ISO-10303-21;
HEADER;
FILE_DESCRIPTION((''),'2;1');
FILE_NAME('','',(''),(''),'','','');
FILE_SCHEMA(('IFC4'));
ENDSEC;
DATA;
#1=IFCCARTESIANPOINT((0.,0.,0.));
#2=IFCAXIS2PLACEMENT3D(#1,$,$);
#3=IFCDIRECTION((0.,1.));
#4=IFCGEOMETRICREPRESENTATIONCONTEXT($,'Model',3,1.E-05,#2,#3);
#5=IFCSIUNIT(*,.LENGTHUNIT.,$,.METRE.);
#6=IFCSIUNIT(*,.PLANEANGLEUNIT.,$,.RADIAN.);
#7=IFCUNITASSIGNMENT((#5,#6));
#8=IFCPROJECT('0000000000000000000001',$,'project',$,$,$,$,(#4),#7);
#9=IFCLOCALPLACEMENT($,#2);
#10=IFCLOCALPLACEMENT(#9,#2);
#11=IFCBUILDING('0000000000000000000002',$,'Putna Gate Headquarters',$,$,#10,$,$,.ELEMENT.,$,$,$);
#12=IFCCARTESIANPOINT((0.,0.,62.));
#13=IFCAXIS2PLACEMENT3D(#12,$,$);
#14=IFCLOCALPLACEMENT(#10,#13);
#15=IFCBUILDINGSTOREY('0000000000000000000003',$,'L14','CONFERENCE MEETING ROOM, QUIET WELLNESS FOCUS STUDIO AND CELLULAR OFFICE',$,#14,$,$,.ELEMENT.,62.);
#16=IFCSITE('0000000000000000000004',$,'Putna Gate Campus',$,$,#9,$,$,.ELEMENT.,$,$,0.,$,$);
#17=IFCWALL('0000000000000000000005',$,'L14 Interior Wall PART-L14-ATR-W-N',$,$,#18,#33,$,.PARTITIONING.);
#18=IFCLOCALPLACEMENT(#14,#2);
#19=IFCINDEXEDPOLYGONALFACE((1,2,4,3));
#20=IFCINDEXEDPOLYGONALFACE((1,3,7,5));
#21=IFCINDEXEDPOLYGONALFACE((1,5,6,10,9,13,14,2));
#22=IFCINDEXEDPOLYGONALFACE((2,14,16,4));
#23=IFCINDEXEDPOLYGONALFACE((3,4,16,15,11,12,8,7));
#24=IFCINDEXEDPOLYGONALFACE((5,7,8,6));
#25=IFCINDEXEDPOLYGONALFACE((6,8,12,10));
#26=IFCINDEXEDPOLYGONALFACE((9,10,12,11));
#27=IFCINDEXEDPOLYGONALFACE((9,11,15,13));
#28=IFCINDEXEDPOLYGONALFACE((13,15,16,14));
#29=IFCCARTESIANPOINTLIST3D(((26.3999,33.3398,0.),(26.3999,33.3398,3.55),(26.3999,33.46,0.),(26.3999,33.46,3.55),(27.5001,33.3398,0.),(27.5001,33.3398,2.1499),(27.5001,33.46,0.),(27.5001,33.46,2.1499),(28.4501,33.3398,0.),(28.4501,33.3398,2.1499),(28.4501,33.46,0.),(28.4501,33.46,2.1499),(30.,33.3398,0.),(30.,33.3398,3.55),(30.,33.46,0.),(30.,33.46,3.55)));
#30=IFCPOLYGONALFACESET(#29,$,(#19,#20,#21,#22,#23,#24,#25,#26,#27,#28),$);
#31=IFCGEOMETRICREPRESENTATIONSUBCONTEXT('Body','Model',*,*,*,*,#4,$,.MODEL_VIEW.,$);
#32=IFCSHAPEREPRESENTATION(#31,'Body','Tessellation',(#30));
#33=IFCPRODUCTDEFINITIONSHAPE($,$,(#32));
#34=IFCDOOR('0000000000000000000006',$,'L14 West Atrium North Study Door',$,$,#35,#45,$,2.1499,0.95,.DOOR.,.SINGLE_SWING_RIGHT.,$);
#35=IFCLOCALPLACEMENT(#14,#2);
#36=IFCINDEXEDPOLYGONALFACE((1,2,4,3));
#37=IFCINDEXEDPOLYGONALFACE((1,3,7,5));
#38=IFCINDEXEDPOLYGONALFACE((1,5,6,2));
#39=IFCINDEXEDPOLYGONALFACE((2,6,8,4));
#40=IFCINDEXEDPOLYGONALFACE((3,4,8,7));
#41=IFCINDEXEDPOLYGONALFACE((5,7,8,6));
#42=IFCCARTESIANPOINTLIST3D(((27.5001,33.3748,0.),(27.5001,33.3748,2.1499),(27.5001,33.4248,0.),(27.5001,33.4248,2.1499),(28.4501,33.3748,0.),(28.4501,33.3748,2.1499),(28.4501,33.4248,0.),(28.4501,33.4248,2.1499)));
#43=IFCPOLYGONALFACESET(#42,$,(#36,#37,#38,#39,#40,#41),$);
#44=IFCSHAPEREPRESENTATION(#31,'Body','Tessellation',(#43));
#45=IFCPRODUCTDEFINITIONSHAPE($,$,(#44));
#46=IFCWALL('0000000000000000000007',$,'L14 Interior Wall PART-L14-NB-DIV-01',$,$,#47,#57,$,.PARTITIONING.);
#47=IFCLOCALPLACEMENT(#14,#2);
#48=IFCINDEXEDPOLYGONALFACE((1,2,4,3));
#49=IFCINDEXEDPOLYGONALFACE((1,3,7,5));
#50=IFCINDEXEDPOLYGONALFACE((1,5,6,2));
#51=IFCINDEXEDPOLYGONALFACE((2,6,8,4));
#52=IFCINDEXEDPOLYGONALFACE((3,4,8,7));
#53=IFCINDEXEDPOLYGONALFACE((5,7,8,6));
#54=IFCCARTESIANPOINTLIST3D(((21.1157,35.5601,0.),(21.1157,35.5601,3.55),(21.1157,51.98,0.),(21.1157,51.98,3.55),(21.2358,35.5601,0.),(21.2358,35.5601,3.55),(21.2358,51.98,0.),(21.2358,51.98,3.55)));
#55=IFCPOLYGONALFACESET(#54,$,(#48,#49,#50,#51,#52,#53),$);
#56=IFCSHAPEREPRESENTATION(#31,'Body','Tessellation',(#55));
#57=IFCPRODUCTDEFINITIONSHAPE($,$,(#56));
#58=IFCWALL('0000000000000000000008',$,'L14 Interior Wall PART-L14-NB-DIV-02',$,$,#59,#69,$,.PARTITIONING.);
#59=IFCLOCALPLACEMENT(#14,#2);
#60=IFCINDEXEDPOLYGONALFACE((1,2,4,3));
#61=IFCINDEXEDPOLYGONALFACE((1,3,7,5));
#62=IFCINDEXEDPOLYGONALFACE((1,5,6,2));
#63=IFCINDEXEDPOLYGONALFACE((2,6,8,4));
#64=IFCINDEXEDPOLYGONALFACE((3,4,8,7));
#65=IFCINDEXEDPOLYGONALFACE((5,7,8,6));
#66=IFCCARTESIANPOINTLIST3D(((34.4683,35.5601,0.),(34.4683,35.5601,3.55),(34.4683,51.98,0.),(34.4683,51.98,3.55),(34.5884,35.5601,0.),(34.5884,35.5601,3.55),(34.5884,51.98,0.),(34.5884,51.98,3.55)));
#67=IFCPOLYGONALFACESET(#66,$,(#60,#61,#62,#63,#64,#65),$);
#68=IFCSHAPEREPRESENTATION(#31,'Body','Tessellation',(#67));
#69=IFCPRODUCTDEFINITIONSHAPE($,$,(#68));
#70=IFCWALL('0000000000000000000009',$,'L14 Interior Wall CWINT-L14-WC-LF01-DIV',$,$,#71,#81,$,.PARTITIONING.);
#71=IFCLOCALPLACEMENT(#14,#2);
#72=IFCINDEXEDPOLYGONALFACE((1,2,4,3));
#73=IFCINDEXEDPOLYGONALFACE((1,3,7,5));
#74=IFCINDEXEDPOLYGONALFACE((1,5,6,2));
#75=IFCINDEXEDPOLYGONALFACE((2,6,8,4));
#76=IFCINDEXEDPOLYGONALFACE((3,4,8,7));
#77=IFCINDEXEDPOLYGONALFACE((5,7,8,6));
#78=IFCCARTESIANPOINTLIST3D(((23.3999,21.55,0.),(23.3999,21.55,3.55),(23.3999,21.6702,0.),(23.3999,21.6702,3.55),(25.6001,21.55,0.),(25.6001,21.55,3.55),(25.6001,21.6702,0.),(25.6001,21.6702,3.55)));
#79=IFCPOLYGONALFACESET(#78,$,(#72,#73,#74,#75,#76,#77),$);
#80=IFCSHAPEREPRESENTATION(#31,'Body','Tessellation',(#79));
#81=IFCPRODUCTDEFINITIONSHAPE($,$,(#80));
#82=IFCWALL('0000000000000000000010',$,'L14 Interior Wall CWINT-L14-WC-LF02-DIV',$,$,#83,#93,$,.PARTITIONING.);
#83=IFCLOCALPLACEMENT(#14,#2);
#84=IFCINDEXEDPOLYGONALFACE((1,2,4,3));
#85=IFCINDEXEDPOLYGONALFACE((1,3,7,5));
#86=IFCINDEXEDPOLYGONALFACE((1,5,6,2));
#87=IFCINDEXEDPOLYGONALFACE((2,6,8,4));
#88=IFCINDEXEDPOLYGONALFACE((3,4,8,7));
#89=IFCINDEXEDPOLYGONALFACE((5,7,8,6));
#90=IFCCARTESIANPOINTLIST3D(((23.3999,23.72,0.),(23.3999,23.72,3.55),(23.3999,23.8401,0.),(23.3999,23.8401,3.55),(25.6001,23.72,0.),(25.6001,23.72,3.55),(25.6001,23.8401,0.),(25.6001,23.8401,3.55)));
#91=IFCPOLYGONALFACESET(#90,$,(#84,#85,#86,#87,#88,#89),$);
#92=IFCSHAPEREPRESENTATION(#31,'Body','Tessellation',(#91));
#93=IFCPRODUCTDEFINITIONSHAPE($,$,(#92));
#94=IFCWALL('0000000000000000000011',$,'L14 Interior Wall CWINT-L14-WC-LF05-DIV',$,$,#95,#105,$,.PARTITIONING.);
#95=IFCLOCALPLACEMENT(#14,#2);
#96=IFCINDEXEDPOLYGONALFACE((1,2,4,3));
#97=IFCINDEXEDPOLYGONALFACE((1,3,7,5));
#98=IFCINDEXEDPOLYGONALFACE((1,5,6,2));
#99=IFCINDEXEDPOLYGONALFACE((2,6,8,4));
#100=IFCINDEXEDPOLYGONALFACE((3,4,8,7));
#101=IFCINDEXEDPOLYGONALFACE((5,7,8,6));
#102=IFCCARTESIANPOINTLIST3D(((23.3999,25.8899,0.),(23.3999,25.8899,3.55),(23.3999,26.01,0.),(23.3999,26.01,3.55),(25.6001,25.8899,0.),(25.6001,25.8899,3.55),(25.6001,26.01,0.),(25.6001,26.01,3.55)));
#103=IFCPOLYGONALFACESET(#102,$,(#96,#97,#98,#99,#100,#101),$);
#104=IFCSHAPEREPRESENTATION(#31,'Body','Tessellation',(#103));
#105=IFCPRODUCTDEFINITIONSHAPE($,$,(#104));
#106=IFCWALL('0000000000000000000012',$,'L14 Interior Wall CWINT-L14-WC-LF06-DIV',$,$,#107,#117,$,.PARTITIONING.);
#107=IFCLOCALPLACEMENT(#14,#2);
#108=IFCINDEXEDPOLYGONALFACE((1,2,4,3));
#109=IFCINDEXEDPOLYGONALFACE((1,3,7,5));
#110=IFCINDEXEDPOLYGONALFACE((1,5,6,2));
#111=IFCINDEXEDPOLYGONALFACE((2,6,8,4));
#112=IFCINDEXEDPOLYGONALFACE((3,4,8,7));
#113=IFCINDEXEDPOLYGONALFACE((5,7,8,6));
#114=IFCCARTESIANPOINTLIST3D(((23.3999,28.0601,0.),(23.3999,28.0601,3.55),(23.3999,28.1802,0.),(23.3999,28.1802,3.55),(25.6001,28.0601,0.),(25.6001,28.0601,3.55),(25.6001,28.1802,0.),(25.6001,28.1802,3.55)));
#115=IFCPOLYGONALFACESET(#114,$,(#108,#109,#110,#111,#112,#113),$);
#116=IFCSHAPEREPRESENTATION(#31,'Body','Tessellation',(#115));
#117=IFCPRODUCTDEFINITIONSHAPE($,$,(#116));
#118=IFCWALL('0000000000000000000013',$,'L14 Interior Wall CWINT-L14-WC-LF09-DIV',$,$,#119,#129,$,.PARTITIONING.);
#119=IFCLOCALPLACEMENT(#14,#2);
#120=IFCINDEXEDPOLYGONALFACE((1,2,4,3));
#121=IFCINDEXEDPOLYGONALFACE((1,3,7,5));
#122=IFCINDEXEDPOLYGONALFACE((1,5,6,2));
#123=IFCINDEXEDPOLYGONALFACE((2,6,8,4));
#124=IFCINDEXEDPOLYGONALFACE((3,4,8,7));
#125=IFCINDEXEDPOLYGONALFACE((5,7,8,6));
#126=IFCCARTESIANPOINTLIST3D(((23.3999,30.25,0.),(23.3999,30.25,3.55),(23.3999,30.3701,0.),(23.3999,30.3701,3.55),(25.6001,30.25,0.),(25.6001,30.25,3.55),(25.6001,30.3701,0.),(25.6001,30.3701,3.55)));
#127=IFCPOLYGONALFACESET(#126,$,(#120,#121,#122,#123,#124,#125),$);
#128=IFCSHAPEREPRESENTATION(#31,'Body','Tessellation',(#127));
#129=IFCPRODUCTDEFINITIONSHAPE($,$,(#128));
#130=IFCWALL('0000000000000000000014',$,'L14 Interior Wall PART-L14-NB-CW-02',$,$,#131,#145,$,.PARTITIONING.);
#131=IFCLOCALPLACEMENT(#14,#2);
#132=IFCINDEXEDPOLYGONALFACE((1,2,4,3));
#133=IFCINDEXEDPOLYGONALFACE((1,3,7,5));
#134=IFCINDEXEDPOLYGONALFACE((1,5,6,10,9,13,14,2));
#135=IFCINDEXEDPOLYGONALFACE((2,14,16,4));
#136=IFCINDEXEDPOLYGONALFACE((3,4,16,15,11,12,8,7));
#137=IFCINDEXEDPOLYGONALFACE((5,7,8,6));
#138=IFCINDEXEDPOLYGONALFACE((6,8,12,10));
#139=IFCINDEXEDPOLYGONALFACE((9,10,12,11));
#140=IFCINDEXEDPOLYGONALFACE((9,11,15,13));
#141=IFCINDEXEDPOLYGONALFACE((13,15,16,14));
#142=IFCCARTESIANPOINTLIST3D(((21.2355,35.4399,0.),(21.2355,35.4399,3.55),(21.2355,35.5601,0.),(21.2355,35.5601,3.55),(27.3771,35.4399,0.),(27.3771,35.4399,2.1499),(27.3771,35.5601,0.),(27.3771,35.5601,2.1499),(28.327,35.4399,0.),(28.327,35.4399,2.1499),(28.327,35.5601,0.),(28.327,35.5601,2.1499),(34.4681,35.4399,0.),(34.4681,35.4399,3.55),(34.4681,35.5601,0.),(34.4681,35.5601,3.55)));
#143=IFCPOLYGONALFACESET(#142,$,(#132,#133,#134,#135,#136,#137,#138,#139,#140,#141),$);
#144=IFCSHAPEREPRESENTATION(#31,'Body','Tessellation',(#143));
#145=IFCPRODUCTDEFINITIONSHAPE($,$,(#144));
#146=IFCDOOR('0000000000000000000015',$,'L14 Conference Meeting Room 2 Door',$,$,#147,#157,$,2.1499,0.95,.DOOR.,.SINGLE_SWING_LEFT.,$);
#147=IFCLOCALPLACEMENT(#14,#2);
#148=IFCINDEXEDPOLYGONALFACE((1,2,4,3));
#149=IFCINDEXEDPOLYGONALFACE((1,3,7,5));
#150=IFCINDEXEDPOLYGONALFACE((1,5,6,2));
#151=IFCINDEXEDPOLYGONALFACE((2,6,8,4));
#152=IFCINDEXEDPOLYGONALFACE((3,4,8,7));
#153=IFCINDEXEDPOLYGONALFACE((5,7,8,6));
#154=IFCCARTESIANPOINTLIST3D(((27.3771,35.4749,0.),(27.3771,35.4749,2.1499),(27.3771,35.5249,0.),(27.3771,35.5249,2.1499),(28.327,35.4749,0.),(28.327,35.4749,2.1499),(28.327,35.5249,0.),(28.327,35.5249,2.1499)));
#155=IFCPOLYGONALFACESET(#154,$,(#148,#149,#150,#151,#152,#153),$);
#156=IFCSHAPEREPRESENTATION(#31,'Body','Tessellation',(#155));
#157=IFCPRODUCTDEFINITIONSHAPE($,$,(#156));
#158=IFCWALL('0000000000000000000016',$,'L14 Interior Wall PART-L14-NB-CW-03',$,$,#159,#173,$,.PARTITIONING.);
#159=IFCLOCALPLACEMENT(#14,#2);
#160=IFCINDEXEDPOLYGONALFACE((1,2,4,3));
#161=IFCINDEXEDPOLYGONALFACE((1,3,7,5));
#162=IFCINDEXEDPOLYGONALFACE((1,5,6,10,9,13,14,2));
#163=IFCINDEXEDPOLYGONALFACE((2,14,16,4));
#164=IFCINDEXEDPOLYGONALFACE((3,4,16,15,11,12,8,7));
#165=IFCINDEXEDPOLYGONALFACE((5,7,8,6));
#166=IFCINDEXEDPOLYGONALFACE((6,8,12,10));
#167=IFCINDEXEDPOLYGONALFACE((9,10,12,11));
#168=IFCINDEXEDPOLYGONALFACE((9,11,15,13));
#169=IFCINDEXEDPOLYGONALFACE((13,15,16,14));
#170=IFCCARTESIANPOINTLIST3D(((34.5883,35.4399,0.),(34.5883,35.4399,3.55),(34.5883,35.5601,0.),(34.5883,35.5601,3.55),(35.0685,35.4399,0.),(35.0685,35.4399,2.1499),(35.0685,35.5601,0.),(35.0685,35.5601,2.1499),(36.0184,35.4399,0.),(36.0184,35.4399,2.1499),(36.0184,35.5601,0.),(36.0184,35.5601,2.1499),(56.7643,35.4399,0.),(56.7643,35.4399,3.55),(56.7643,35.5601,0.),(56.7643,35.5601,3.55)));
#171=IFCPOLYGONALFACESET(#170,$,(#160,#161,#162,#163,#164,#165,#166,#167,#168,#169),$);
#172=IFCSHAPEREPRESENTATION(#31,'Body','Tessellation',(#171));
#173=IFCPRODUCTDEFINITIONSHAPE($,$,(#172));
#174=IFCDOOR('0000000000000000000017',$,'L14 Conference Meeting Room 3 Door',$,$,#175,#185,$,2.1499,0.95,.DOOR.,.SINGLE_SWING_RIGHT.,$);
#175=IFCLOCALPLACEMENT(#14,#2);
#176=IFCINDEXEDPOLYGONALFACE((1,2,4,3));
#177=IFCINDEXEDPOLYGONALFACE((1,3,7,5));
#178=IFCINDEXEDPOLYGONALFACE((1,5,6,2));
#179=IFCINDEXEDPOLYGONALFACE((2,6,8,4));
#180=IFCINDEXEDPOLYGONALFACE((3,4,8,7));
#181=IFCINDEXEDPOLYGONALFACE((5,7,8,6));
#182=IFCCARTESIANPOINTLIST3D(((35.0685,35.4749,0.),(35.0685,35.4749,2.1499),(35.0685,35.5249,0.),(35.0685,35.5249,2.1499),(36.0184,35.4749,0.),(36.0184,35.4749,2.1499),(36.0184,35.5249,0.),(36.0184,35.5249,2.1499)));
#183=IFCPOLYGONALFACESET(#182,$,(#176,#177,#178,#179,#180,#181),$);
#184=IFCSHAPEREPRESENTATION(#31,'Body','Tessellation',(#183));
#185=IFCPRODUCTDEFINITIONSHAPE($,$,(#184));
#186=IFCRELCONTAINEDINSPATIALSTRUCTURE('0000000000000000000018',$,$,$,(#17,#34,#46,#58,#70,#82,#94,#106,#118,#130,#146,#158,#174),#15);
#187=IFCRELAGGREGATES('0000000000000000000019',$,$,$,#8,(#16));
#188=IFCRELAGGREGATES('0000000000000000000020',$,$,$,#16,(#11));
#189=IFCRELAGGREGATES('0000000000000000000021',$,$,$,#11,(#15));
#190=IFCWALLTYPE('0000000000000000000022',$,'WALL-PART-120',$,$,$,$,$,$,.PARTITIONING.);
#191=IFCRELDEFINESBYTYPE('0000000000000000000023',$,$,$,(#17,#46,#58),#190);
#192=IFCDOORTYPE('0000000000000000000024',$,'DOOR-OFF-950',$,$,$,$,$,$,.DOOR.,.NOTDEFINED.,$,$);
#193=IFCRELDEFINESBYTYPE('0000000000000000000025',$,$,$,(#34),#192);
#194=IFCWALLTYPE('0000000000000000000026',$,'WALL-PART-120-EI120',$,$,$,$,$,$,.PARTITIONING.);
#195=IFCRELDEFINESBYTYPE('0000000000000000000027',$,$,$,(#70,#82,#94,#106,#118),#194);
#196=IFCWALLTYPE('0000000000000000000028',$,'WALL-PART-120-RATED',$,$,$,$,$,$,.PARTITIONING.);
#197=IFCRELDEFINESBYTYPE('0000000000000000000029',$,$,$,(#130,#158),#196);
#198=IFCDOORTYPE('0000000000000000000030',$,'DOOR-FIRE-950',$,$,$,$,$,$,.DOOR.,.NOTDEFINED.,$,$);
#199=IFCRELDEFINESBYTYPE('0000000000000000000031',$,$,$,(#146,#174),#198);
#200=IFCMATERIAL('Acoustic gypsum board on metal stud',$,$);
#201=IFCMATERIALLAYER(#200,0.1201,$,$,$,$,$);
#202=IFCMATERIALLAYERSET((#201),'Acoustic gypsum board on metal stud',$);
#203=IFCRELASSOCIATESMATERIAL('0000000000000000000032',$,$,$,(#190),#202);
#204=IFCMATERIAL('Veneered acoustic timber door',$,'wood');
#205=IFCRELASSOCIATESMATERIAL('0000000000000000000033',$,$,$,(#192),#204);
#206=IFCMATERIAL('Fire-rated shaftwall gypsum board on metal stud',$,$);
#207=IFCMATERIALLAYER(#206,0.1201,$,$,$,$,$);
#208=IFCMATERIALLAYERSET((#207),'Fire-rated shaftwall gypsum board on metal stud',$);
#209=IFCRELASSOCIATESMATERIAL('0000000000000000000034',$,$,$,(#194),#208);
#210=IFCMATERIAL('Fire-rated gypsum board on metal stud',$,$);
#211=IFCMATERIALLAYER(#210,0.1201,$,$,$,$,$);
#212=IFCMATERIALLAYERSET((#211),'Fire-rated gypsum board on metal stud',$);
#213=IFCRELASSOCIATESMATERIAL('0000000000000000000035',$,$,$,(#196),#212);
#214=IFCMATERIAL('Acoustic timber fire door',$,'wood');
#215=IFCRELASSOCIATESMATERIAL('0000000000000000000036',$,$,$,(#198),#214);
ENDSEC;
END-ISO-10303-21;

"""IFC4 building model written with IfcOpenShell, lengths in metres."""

from ifc_helpers import new_model, si_unit, direction, frame, frame_2d, origin, place, context, subcontext, project, spatial, rectangle, extrude, material, layer, layer_set, type_object, element, fill, save


model = new_model("IFC4")

# Units and contexts
model_context = context("Model", 3, precision=1e-05, world=origin(), true_north=direction((0.0, 1.0)))
body_context = subcontext(model_context, "Body", "Model", "MODEL_VIEW")
ifc_project = project(units=[si_unit("LENGTHUNIT", "METRE"), si_unit("PLANEANGLEUNIT", "RADIAN")], contexts=[model_context])

# Site, building, storey
site_placement = place(None, origin())
site = spatial("IfcSite", under=ifc_project, at=site_placement, Name="Putna Gate Campus", CompositionType="ELEMENT", RefElevation=0.0)
building_placement = place(site_placement, origin())
building = spatial("IfcBuilding", under=site, at=building_placement, Name="Putna Gate Headquarters", CompositionType="ELEMENT")
storey_placement = place(building_placement, frame((0.0, 0.0, 62.0)))
storey = spatial("IfcBuildingStorey", under=building, at=storey_placement, Name="L14", Description="CONFERENCE MEETING ROOM, QUIET WELLNESS FOCUS STUDIO AND CELLULAR OFFICE", CompositionType="ELEMENT", Elevation=62.0)

# Shared definitions
ifc_material_1 = material(Name="Acoustic gypsum board on metal stud")
ifc_layer_1 = layer(ifc_material_1, 0.1201)
ifc_layer_set_1 = layer_set([ifc_layer_1], Name="Acoustic gypsum board on metal stud")
wall_type_1 = type_object("IfcWallType", Name="WALL-PART-120", PredefinedType="PARTITIONING", material=ifc_layer_set_1)

# Wall, opening, door
wall_1_placement = place(storey_placement, frame((26.3999, 33.3999, 0.0), z_axis=(0.0, 0.0, 1.0), x_axis=(1.0, 0.0, 0.0)))
wall_1 = element("IfcWall", 1, at=wall_1_placement, inside=storey, type_object=wall_type_1, Name="L14 Interior Wall PART-L14-ATR-W-N", PredefinedType="PARTITIONING", context=body_context, shape_type="SweptSolid", body=[
    extrude(rectangle(XDim=3.6001, YDim=0.1201, at=frame_2d((1.8, 0.0))), origin(), (0.0, 0.0, 1.0), 3.55),
])
opening_1_placement = place(wall_1_placement, frame((1.1001, 0.0, 0.0)))
opening_1 = element("IfcOpeningElement", 2, at=opening_1_placement, cuts=wall_1, PredefinedType="OPENING", context=body_context, shape_type="SweptSolid", body=[
    extrude(rectangle(XDim=0.95, YDim=2.1499, at=frame_2d((0.4751, 1.075))), frame((0.0, 0.0701, 0.0), z_axis=(0.0, -1.0, 0.0), x_axis=(1.0, 0.0, 0.0)), (0.0, 0.0, 1.0), 0.1401),
])
ifc_material_2 = material(Name="Veneered acoustic timber door", Category="wood")
door_type_1 = type_object("IfcDoorType", Name="DOOR-OFF-950", OperationType="NOTDEFINED", PredefinedType="DOOR", material=ifc_material_2)
door_1_placement = place(opening_1_placement, origin())
door_1 = element("IfcDoor", 3, at=door_1_placement, inside=storey, type_object=door_type_1, Name="L14 West Atrium North Study Door", OperationType="SINGLE_SWING_RIGHT", OverallHeight=2.1499, OverallWidth=0.95, PredefinedType="DOOR", context=body_context, shape_type="SweptSolid", body=[
    extrude(rectangle(XDim=0.95, YDim=2.1499, at=frame_2d((0.4751, 1.075))), frame((0.0, 0.0249, 0.0), z_axis=(0.0, -1.0, 0.0), x_axis=(1.0, 0.0, 0.0)), (0.0, 0.0, 1.0), 0.05),
])
fill(opening_1, door_1)

# Walls
for number, where, z_axis, x_axis, name in (
    (4, (21.1758, 35.5601, 0.0), (0.0, 0.0, 1.0), (0.0, 1.0, 0.0), "L14 Interior Wall PART-L14-NB-DIV-01"),
    (5, (34.5283, 35.5601, 0.0), (0.0, 0.0, 1.0), (0.0, 1.0, 0.0), "L14 Interior Wall PART-L14-NB-DIV-02"),
):
    element("IfcWall", number, at=place(storey_placement, frame(where, z_axis=z_axis, x_axis=x_axis)), inside=storey, type_object=wall_type_1, Name=name, PredefinedType="PARTITIONING", context=body_context, shape_type="SweptSolid", body=[
        extrude(rectangle(XDim=16.4199, YDim=0.1201, at=frame_2d((8.21, 0.0))), origin(), (0.0, 0.0, 1.0), 3.55),
    ])
ifc_material_3 = material(Name="Fire-rated shaftwall gypsum board on metal stud")
ifc_layer_2 = layer(ifc_material_3, 0.1201)
ifc_layer_set_2 = layer_set([ifc_layer_2], Name="Fire-rated shaftwall gypsum board on metal stud")
wall_type_2 = type_object("IfcWallType", Name="WALL-PART-120-EI120", PredefinedType="PARTITIONING", material=ifc_layer_set_2)
for number, where, z_axis, x_axis, name in (
    (6, (23.3999, 21.6101, 0.0), (0.0, 0.0, 1.0), (1.0, 0.0, 0.0), "L14 Interior Wall CWINT-L14-WC-LF01-DIV"),
    (7, (23.3999, 23.78, 0.0), (0.0, 0.0, 1.0), (1.0, 0.0, 0.0), "L14 Interior Wall CWINT-L14-WC-LF02-DIV"),
    (8, (23.3999, 25.95, 0.0), (0.0, 0.0, 1.0), (1.0, 0.0, 0.0), "L14 Interior Wall CWINT-L14-WC-LF05-DIV"),
    (9, (23.3999, 28.1201, 0.0), (0.0, 0.0, 1.0), (1.0, 0.0, 0.0), "L14 Interior Wall CWINT-L14-WC-LF06-DIV"),
    (10, (23.3999, 30.3101, 0.0), (0.0, 0.0, 1.0), (1.0, 0.0, 0.0), "L14 Interior Wall CWINT-L14-WC-LF09-DIV"),
):
    element("IfcWall", number, at=place(storey_placement, frame(where, z_axis=z_axis, x_axis=x_axis)), inside=storey, type_object=wall_type_2, Name=name, PredefinedType="PARTITIONING", context=body_context, shape_type="SweptSolid", body=[
        extrude(rectangle(XDim=2.2002, YDim=0.1201, at=frame_2d((1.1001, 0.0))), origin(), (0.0, 0.0, 1.0), 3.55),
    ])

# Walls, openings, doors
ifc_material_4 = material(Name="Fire-rated gypsum board on metal stud")
ifc_layer_3 = layer(ifc_material_4, 0.1201)
ifc_layer_set_3 = layer_set([ifc_layer_3], Name="Fire-rated gypsum board on metal stud")
wall_type_3 = type_object("IfcWallType", Name="WALL-PART-120-RATED", PredefinedType="PARTITIONING", material=ifc_layer_set_3)
wall_2_placement = place(storey_placement, frame((21.2356, 35.5, 0.0), z_axis=(0.0, 0.0, 1.0), x_axis=(1.0, 0.0, 0.0)))
wall_2 = element("IfcWall", 11, at=wall_2_placement, inside=storey, type_object=wall_type_3, Name="L14 Interior Wall PART-L14-NB-CW-02", PredefinedType="PARTITIONING", context=body_context, shape_type="SweptSolid", body=[
    extrude(rectangle(XDim=13.2327, YDim=0.1201, at=frame_2d((6.6162, 0.0))), origin(), (0.0, 0.0, 1.0), 3.55),
])
opening_2_placement = place(wall_2_placement, frame((6.1414, 0.0, 0.0)))
opening_2 = element("IfcOpeningElement", 12, at=opening_2_placement, cuts=wall_2, PredefinedType="OPENING", context=body_context, shape_type="SweptSolid", body=[
    extrude(rectangle(XDim=0.95, YDim=2.1499, at=frame_2d((0.4751, 1.075))), frame((0.0, 0.0701, 0.0), z_axis=(0.0, -1.0, 0.0), x_axis=(1.0, 0.0, 0.0)), (0.0, 0.0, 1.0), 0.1401),
])
ifc_material_5 = material(Name="Acoustic timber fire door", Category="wood")
door_type_2 = type_object("IfcDoorType", Name="DOOR-FIRE-950", OperationType="NOTDEFINED", PredefinedType="DOOR", material=ifc_material_5)
door_2_placement = place(opening_2_placement, origin())
door_2 = element("IfcDoor", 13, at=door_2_placement, inside=storey, type_object=door_type_2, Name="L14 Conference Meeting Room 2 Door", OperationType="SINGLE_SWING_LEFT", OverallHeight=2.1499, OverallWidth=0.95, PredefinedType="DOOR", context=body_context, shape_type="SweptSolid", body=[
    extrude(rectangle(XDim=0.95, YDim=2.1499, at=frame_2d((0.4751, 1.075))), frame((0.0, 0.0249, 0.0), z_axis=(0.0, -1.0, 0.0), x_axis=(1.0, 0.0, 0.0)), (0.0, 0.0, 1.0), 0.05),
])
fill(opening_2, door_2)
wall_3_placement = place(storey_placement, frame((34.5884, 35.5, 0.0), z_axis=(0.0, 0.0, 1.0), x_axis=(1.0, 0.0, 0.0)))
wall_3 = element("IfcWall", 14, at=wall_3_placement, inside=storey, type_object=wall_type_3, Name="L14 Interior Wall PART-L14-NB-CW-03", PredefinedType="PARTITIONING", context=body_context, shape_type="SweptSolid", body=[
    extrude(rectangle(XDim=22.176, YDim=0.1201, at=frame_2d((11.0879, 0.0))), origin(), (0.0, 0.0, 1.0), 3.55),
])
opening_3_placement = place(wall_3_placement, frame((0.48, 0.0, 0.0)))
opening_3 = element("IfcOpeningElement", 15, at=opening_3_placement, cuts=wall_3, PredefinedType="OPENING", context=body_context, shape_type="SweptSolid", body=[
    extrude(rectangle(XDim=0.95, YDim=2.1499, at=frame_2d((0.4751, 1.075))), frame((0.0, 0.0701, 0.0), z_axis=(0.0, -1.0, 0.0), x_axis=(1.0, 0.0, 0.0)), (0.0, 0.0, 1.0), 0.1401),
])
door_3_placement = place(opening_3_placement, origin())
door_3 = element("IfcDoor", 16, at=door_3_placement, inside=storey, type_object=door_type_2, Name="L14 Conference Meeting Room 3 Door", OperationType="SINGLE_SWING_RIGHT", OverallHeight=2.1499, OverallWidth=0.95, PredefinedType="DOOR", context=body_context, shape_type="SweptSolid", body=[
    extrude(rectangle(XDim=0.95, YDim=2.1499, at=frame_2d((0.4751, 1.075))), frame((0.0, 0.0249, 0.0), z_axis=(0.0, -1.0, 0.0), x_axis=(1.0, 0.0, 0.0)), (0.0, 0.0, 1.0), 0.05),
])
fill(opening_3, door_3)

save(model, "model.ifc")
